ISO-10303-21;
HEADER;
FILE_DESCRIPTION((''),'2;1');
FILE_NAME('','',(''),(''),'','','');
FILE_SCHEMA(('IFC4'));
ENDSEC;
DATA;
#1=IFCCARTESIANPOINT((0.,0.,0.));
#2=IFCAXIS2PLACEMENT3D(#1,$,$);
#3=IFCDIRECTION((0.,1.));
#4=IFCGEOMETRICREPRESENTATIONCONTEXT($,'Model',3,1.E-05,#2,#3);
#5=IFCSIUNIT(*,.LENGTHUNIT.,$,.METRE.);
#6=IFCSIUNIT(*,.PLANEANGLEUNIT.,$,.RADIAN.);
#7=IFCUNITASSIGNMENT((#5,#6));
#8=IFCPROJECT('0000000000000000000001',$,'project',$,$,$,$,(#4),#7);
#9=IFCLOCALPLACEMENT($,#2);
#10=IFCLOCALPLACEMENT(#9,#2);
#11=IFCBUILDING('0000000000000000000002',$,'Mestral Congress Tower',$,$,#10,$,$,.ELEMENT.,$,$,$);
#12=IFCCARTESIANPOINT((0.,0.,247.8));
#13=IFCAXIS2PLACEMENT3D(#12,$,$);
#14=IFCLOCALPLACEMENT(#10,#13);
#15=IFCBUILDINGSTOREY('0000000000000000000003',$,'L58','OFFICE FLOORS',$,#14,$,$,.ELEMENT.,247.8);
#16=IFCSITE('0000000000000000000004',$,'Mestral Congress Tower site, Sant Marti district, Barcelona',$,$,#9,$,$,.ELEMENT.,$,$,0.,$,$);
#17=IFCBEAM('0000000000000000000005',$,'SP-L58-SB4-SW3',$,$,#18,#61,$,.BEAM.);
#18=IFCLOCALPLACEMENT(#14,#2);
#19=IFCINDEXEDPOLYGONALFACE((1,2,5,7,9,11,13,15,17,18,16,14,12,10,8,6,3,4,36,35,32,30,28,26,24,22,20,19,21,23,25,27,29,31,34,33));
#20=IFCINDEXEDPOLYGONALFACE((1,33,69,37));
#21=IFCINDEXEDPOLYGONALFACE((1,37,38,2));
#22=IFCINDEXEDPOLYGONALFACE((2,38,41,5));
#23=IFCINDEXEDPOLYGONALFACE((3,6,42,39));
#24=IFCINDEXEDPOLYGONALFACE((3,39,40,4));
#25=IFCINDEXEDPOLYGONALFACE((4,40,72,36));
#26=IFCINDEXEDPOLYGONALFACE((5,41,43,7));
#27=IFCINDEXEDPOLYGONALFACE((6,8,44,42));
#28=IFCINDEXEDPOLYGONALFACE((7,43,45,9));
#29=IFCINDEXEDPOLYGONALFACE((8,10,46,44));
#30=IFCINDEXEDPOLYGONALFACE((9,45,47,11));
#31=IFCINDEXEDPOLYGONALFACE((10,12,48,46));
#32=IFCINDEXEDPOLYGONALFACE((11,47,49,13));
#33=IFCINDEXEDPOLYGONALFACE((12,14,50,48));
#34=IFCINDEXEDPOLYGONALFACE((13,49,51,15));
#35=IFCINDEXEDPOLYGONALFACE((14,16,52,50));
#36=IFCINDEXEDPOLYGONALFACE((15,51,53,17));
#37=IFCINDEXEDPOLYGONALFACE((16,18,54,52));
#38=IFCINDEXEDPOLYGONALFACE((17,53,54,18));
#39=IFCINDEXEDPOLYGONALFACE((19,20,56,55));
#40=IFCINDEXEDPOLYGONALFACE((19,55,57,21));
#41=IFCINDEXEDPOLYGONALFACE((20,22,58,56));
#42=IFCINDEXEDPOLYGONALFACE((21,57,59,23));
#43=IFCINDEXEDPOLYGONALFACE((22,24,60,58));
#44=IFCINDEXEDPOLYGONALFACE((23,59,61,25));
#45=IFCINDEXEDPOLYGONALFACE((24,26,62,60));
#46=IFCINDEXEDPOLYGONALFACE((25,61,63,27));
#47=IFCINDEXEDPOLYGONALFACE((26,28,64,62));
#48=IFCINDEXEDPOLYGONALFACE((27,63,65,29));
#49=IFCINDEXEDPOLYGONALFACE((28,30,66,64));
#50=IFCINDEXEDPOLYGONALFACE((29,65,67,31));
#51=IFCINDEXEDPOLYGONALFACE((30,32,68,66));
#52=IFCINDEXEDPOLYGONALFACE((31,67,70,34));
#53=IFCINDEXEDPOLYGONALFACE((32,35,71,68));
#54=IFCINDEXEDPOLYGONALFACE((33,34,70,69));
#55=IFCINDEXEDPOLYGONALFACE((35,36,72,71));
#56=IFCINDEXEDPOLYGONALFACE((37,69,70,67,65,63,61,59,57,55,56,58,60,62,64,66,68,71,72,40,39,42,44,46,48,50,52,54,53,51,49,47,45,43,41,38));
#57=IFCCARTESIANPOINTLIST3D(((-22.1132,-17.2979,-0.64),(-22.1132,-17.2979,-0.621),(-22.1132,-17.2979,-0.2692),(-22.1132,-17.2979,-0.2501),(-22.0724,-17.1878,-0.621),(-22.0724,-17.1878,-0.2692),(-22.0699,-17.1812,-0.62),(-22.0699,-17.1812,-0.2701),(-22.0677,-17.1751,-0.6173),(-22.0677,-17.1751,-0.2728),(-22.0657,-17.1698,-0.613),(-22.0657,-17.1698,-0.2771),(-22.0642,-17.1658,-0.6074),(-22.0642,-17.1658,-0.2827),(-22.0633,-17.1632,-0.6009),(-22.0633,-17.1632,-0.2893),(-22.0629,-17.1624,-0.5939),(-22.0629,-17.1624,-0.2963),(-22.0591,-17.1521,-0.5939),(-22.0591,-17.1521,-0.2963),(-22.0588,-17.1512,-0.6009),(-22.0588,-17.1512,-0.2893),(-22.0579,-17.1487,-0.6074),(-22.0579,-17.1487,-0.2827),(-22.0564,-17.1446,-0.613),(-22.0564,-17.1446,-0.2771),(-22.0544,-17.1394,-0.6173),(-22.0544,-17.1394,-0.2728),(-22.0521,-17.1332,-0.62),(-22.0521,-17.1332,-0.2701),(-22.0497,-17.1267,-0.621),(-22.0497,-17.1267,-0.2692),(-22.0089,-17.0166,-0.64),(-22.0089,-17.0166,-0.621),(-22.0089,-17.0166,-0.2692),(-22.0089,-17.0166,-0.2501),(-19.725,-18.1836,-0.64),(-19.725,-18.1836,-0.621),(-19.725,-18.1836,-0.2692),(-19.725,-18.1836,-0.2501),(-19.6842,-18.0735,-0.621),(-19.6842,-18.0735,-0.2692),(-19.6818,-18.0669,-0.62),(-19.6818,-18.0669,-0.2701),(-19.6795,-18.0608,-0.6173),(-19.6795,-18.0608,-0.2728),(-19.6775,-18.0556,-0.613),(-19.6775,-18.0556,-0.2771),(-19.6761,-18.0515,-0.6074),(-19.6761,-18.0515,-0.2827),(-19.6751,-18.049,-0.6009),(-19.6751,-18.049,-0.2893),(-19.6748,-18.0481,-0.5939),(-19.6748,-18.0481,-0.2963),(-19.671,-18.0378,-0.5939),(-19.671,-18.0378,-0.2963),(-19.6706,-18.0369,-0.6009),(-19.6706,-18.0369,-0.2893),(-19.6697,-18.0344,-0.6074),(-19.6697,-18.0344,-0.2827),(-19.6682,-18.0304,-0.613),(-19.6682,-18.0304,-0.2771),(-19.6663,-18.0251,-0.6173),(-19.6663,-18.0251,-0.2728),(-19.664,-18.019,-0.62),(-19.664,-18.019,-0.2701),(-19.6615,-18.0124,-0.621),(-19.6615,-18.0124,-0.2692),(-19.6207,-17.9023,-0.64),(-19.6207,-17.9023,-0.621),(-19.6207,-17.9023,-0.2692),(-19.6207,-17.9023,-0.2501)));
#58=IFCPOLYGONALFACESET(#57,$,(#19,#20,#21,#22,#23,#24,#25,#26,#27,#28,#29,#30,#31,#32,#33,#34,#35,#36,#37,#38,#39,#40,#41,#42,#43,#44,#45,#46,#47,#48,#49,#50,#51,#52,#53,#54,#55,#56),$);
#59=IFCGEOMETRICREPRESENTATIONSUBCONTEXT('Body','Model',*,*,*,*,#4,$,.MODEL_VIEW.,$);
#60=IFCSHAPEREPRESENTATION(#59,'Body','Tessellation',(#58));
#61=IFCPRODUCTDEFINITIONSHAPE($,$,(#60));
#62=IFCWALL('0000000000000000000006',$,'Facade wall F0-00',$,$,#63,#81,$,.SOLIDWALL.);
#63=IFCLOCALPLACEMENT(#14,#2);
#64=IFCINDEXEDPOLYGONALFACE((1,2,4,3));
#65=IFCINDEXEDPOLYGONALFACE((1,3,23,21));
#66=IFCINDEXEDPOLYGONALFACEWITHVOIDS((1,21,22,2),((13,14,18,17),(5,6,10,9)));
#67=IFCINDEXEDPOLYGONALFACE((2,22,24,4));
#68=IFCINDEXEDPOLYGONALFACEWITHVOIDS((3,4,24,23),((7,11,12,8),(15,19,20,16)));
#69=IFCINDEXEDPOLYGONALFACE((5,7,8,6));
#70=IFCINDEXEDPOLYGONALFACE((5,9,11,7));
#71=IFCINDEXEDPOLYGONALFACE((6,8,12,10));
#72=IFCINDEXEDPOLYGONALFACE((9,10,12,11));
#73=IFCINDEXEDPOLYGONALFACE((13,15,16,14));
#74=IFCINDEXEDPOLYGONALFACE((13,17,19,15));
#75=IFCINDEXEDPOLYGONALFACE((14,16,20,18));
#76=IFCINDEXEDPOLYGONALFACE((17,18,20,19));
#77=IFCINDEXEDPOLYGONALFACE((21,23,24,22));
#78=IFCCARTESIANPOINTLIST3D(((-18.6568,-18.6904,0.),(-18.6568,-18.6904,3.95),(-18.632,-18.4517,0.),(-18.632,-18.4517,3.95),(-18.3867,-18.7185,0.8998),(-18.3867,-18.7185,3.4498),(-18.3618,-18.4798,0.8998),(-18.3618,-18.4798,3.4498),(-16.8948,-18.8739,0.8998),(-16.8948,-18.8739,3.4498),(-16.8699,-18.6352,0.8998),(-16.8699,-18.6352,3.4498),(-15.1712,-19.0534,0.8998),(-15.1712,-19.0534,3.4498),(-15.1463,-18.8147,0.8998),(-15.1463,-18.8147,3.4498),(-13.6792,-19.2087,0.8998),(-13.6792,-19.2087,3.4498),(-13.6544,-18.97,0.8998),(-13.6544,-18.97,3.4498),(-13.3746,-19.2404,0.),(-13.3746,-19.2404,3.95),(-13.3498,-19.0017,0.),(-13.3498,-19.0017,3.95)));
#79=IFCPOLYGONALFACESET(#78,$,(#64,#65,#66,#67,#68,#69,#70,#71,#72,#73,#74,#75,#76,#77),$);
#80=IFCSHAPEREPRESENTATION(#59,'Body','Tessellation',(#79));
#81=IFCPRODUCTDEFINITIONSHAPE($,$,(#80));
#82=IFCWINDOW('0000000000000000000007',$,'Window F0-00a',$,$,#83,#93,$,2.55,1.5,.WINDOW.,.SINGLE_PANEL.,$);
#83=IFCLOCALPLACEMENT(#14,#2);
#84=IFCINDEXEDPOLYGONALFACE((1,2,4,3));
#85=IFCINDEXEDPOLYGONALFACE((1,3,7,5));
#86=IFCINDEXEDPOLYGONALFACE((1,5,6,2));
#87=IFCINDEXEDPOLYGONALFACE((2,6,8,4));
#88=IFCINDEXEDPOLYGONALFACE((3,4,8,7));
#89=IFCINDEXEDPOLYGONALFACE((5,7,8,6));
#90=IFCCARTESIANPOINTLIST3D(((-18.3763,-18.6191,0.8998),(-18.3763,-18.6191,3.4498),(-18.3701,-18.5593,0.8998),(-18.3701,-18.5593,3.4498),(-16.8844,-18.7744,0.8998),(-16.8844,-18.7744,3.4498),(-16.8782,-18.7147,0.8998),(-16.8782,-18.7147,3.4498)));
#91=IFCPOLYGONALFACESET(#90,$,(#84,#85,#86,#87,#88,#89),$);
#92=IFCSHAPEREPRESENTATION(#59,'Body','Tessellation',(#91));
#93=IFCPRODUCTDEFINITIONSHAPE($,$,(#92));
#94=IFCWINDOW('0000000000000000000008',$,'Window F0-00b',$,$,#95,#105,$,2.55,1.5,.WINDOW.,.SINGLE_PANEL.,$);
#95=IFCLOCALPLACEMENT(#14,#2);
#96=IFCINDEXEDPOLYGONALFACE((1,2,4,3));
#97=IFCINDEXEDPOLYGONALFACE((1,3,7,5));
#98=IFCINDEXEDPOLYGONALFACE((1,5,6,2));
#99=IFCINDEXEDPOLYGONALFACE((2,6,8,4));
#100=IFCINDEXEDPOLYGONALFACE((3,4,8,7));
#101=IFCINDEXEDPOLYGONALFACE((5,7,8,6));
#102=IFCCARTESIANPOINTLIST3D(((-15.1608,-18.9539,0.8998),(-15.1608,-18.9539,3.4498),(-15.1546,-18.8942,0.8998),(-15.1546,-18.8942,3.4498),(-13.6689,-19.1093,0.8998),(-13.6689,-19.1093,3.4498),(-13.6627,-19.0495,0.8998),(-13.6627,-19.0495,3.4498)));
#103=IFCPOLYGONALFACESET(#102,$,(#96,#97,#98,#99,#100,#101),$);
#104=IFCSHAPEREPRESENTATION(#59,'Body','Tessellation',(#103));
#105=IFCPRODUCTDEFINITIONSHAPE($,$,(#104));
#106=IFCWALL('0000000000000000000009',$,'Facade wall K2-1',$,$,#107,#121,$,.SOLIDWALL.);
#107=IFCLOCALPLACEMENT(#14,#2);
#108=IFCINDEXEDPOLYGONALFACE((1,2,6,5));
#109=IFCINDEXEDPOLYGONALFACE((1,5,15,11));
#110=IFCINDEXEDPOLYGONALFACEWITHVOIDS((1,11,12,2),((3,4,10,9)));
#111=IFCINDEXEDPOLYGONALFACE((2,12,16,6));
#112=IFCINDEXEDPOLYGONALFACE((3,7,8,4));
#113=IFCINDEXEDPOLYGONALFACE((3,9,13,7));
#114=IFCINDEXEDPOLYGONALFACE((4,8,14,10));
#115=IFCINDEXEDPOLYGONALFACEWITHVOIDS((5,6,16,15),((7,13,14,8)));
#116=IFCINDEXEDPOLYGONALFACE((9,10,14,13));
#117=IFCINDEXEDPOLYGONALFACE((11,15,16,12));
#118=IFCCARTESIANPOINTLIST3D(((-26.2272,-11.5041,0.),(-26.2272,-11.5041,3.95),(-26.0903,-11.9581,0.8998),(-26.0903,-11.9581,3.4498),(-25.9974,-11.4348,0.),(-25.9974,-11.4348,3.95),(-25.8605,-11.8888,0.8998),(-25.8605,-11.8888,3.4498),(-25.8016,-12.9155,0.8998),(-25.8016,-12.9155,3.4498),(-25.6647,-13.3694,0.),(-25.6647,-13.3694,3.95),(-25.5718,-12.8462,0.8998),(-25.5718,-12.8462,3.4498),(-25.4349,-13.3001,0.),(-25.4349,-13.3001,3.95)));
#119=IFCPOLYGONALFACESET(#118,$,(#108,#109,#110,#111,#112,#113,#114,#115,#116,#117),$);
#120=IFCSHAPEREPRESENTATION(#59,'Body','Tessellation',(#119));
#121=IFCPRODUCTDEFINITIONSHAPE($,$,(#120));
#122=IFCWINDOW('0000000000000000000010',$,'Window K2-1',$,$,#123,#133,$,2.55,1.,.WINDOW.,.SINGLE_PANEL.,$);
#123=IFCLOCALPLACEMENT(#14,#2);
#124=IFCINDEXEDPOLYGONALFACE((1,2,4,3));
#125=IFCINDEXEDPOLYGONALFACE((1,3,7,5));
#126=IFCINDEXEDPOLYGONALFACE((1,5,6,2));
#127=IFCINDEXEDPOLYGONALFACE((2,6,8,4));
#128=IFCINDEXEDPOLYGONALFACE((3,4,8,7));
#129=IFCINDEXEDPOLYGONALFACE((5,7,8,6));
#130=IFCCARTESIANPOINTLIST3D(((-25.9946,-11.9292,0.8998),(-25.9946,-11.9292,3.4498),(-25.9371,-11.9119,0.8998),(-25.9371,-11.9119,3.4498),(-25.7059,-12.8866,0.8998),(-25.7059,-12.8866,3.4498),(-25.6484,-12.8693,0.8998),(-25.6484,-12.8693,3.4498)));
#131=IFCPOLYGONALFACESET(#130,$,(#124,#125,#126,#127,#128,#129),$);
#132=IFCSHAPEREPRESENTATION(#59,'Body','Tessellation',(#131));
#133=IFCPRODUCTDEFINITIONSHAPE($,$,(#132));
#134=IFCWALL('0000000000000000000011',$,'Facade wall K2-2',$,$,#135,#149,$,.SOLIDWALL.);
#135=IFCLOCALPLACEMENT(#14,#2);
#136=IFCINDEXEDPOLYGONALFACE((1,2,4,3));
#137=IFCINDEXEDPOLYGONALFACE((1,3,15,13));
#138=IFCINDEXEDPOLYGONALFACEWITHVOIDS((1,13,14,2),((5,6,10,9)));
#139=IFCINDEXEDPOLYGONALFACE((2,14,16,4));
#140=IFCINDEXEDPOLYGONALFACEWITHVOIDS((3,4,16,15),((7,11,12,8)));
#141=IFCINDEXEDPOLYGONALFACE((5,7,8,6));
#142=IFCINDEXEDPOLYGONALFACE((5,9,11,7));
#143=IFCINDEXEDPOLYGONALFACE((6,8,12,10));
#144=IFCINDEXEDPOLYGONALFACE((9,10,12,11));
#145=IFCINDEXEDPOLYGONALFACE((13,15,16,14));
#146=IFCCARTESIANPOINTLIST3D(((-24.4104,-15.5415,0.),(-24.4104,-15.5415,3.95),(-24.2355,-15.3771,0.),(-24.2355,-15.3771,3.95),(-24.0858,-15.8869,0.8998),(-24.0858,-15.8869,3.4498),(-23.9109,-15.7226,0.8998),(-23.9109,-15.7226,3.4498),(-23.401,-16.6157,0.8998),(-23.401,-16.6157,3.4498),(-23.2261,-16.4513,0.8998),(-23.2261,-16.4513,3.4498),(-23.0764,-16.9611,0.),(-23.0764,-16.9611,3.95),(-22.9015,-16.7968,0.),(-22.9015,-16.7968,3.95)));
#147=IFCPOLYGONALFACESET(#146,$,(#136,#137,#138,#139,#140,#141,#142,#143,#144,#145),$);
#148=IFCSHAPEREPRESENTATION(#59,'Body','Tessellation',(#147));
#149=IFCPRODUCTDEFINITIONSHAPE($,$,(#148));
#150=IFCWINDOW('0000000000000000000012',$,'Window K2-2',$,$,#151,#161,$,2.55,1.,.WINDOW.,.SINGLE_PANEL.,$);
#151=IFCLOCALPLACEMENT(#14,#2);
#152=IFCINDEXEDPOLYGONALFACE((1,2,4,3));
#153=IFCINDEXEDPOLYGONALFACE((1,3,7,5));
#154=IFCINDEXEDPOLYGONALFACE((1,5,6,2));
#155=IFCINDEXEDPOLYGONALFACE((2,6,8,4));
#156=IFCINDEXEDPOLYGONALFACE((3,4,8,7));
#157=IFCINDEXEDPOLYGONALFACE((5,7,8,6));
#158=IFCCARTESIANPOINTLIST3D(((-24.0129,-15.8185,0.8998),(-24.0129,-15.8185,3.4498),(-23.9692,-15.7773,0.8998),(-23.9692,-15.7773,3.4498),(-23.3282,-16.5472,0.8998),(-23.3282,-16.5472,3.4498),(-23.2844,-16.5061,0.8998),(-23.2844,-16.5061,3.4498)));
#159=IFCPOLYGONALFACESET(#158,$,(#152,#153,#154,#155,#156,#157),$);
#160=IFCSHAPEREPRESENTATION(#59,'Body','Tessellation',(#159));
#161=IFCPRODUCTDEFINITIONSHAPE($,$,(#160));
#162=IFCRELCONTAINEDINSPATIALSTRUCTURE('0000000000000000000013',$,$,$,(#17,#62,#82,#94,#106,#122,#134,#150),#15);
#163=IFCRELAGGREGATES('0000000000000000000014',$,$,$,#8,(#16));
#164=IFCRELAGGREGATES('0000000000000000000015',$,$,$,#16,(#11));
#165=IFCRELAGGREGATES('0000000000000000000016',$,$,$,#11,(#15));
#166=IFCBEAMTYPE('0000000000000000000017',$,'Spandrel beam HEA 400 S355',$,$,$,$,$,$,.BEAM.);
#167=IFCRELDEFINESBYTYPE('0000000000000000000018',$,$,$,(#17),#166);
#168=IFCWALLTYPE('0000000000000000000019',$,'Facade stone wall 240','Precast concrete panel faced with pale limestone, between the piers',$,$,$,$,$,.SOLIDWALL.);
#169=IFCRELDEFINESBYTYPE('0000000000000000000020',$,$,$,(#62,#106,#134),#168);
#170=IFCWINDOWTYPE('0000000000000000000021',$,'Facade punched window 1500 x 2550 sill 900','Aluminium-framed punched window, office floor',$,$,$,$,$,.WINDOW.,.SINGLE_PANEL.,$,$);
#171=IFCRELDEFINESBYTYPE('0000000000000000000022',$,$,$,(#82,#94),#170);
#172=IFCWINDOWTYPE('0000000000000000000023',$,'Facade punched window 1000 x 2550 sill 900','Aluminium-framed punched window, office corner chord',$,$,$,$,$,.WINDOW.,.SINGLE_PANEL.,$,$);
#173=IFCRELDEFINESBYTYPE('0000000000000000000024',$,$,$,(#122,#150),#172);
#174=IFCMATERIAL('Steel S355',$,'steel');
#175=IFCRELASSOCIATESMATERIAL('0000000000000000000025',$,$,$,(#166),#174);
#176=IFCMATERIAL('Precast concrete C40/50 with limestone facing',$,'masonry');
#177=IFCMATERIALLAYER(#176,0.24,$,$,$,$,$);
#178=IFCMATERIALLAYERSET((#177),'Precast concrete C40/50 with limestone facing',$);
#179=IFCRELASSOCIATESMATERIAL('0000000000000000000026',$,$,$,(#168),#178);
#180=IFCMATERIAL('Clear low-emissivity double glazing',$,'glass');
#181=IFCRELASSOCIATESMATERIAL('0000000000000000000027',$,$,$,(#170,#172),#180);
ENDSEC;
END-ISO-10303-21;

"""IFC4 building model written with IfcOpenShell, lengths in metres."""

from ifc_helpers import new_model, si_unit, direction, frame, frame_2d, origin, origin_2d, place, context, subcontext, project, spatial, rectangle, i_section, extrude, material, layer, layer_set, material_profile, profile_set, type_object, element, fill, save


model = new_model("IFC4")

# Units and contexts
model_context = context("Model", 3, precision=1e-05, world=origin(), true_north=direction((0.0, 1.0)))
body_context = subcontext(model_context, "Body", "Model", "MODEL_VIEW")
ifc_project = project(units=[si_unit("LENGTHUNIT", "METRE"), si_unit("PLANEANGLEUNIT", "RADIAN")], contexts=[model_context])

# Site, building, storey
site_placement = place(None, origin())
site = spatial("IfcSite", under=ifc_project, at=site_placement, Name="Mestral Congress Tower site, Sant Marti district, Barcelona", CompositionType="ELEMENT", RefElevation=0.0)
building_placement = place(site_placement, origin())
building = spatial("IfcBuilding", under=site, at=building_placement, Name="Mestral Congress Tower", CompositionType="ELEMENT")
storey_placement = place(building_placement, frame((0.0, 0.0, 247.8)))
storey = spatial("IfcBuildingStorey", under=building, at=storey_placement, Name="L58", Description="OFFICE FLOORS", CompositionType="ELEMENT", Elevation=247.8)

# Beam
ifc_material_1 = material(Name="Steel S355", Category="steel")
ifc_material_profile_1 = material_profile(ifc_material_1, i_section(OverallWidth=0.3, OverallDepth=0.3899, WebThickness=0.011, FlangeThickness=0.019, FilletRadius=0.0271, at=origin_2d()), Name="HEA 400")
ifc_profile_set_1 = profile_set([ifc_material_profile_1], Name="Steel S355")
beam_type_1 = type_object("IfcBeamType", Name="Spandrel beam HEA 400 S355", PredefinedType="BEAM", material=ifc_profile_set_1)
beam_1_placement = place(storey_placement, frame((-22.061, -17.1572, -0.4451), z_axis=(0.937591, -0.347739, 0.0), x_axis=(0.347739, 0.937591, 0.0)))
element("IfcBeam", 1, at=beam_1_placement, inside=storey, type_object=beam_type_1, Name="SP-L58-SB4-SW3", PredefinedType="BEAM", context=body_context, shape_type="SweptSolid", body=[
    extrude(i_section(OverallWidth=0.3, OverallDepth=0.3899, WebThickness=0.011, FlangeThickness=0.019, FilletRadius=0.0271, at=origin_2d()), origin(), (0.0, 0.0, 1.0), 2.5471),
])

# Wall, openings, windows
ifc_material_2 = material(Name="Precast concrete C40/50 with limestone facing", Category="masonry")
ifc_layer_1 = layer(ifc_material_2, 0.24)
ifc_layer_set_1 = layer_set([ifc_layer_1], Name="Precast concrete C40/50 with limestone facing")
wall_type_1 = type_object("IfcWallType", Name="Facade stone wall 240", Description="Precast concrete panel faced with pale limestone, between the piers", PredefinedType="SOLIDWALL", material=ifc_layer_set_1)
wall_1_placement = place(storey_placement, frame((-18.6443, -18.571, 0.0), z_axis=(0.0, 0.0, 1.0), x_axis=(0.994622, -0.103572, 0.0)))
wall_1 = element("IfcWall", 2, at=wall_1_placement, inside=storey, type_object=wall_type_1, Name="Facade wall F0-00", PredefinedType="SOLIDWALL", context=body_context, shape_type="SweptSolid", body=[
    extrude(rectangle(XDim=5.3108, YDim=0.24, at=frame_2d((2.6553, 0.0))), origin(), (0.0, 0.0, 1.0), 3.95),
])
opening_1_placement = place(wall_1_placement, frame((0.2715, 0.0, 0.8999)))
opening_1 = element("IfcOpeningElement", 3, at=opening_1_placement, cuts=wall_1, PredefinedType="OPENING", context=body_context, shape_type="SweptSolid", body=[
    extrude(rectangle(XDim=1.5, YDim=2.55, at=frame_2d((0.75, 1.2749))), frame((0.0, 0.1299, 0.0), z_axis=(0.0, -1.0, 0.0), x_axis=(1.0, 0.0, 0.0)), (0.0, 0.0, 1.0), 0.26),
])
opening_2_placement = place(wall_1_placement, frame((3.5044, 0.0, 0.8999)))
opening_2 = element("IfcOpeningElement", 4, at=opening_2_placement, cuts=wall_1, PredefinedType="OPENING", context=body_context, shape_type="SweptSolid", body=[
    extrude(rectangle(XDim=1.5, YDim=2.55, at=frame_2d((0.75, 1.2749))), frame((0.0, 0.1299, 0.0), z_axis=(0.0, -1.0, 0.0), x_axis=(1.0, 0.0, 0.0)), (0.0, 0.0, 1.0), 0.26),
])
ifc_material_3 = material(Name="Clear low-emissivity double glazing", Category="glass")
window_type_1 = type_object("IfcWindowType", Name="Facade punched window 1500 x 2550 sill 900", Description="Aluminium-framed punched window, office floor", PartitioningType="SINGLE_PANEL", PredefinedType="WINDOW", material=ifc_material_3)
window_1_placement = place(opening_1_placement, origin())
window_1 = element("IfcWindow", 5, at=window_1_placement, inside=storey, type_object=window_type_1, Name="Window F0-00a", OverallHeight=2.55, OverallWidth=1.5, PartitioningType="SINGLE_PANEL", PredefinedType="WINDOW", context=body_context, shape_type="SweptSolid", body=[
    extrude(rectangle(XDim=1.5, YDim=2.55, at=frame_2d((0.75, 1.2749))), frame((0.0, 0.04, 0.0), z_axis=(0.0, -1.0, 0.0), x_axis=(1.0, 0.0, 0.0)), (0.0, 0.0, 1.0), 0.0601),
])
fill(opening_1, window_1)
window_2_placement = place(opening_2_placement, origin())
window_2 = element("IfcWindow", 6, at=window_2_placement, inside=storey, type_object=window_type_1, Name="Window F0-00b", OverallHeight=2.55, OverallWidth=1.5, PartitioningType="SINGLE_PANEL", PredefinedType="WINDOW", context=body_context, shape_type="SweptSolid", body=[
    extrude(rectangle(XDim=1.5, YDim=2.55, at=frame_2d((0.75, 1.2749))), frame((0.0, 0.04, 0.0), z_axis=(0.0, -1.0, 0.0), x_axis=(1.0, 0.0, 0.0)), (0.0, 0.0, 1.0), 0.0601),
])
fill(opening_2, window_2)

# Walls, openings, windows
wall_2_placement = place(storey_placement, frame((-26.1123, -11.4695, 0.0), z_axis=(0.0, 0.0, 1.0), x_axis=(0.288727, -0.957411, 0.0)))
wall_2 = element("IfcWall", 7, at=wall_2_placement, inside=storey, type_object=wall_type_1, Name="Facade wall K2-1", PredefinedType="SOLIDWALL", context=body_context, shape_type="SweptSolid", body=[
    extrude(rectangle(XDim=1.9482, YDim=0.24, at=frame_2d((0.9741, 0.0))), origin(), (0.0, 0.0, 1.0), 3.95),
])
opening_3_placement = place(wall_2_placement, frame((0.4741, 0.0, 0.8999)))
opening_3 = element("IfcOpeningElement", 8, at=opening_3_placement, cuts=wall_2, PredefinedType="OPENING", context=body_context, shape_type="SweptSolid", body=[
    extrude(rectangle(XDim=1.0, YDim=2.55, at=frame_2d((0.5, 1.2749))), frame((0.0, 0.1299, 0.0), z_axis=(0.0, -1.0, 0.0), x_axis=(1.0, 0.0, 0.0)), (0.0, 0.0, 1.0), 0.26),
])
window_type_2 = type_object("IfcWindowType", Name="Facade punched window 1000 x 2550 sill 900", Description="Aluminium-framed punched window, office corner chord", PartitioningType="SINGLE_PANEL", PredefinedType="WINDOW", material=ifc_material_3)
window_3_placement = place(opening_3_placement, origin())
window_3 = element("IfcWindow", 9, at=window_3_placement, inside=storey, type_object=window_type_2, Name="Window K2-1", OverallHeight=2.55, OverallWidth=1.0, PartitioningType="SINGLE_PANEL", PredefinedType="WINDOW", context=body_context, shape_type="SweptSolid", body=[
    extrude(rectangle(XDim=1.0, YDim=2.55, at=frame_2d((0.5, 1.2749))), frame((0.0, 0.04, 0.0), z_axis=(0.0, -1.0, 0.0), x_axis=(1.0, 0.0, 0.0)), (0.0, 0.0, 1.0), 0.0601),
])
fill(opening_3, window_3)
wall_3_placement = place(storey_placement, frame((-24.323, -15.4592, 0.0), z_axis=(0.0, 0.0, 1.0), x_axis=(0.68477, -0.728759, 0.0)))
wall_3 = element("IfcWall", 10, at=wall_3_placement, inside=storey, type_object=wall_type_1, Name="Facade wall K2-2", PredefinedType="SOLIDWALL", context=body_context, shape_type="SweptSolid", body=[
    extrude(rectangle(XDim=1.948, YDim=0.24, at=frame_2d((0.9741, 0.0))), origin(), (0.0, 0.0, 1.0), 3.95),
])
opening_4_placement = place(wall_3_placement, frame((0.4741, 0.0, 0.8999)))
opening_4 = element("IfcOpeningElement", 11, at=opening_4_placement, cuts=wall_3, PredefinedType="OPENING", context=body_context, shape_type="SweptSolid", body=[
    extrude(rectangle(XDim=1.0, YDim=2.55, at=frame_2d((0.5, 1.2749))), frame((0.0, 0.1299, 0.0), z_axis=(0.0, -1.0, 0.0), x_axis=(1.0, 0.0, 0.0)), (0.0, 0.0, 1.0), 0.26),
])
window_4_placement = place(opening_4_placement, origin())
window_4 = element("IfcWindow", 12, at=window_4_placement, inside=storey, type_object=window_type_2, Name="Window K2-2", OverallHeight=2.55, OverallWidth=1.0, PartitioningType="SINGLE_PANEL", PredefinedType="WINDOW", context=body_context, shape_type="SweptSolid", body=[
    extrude(rectangle(XDim=1.0, YDim=2.55, at=frame_2d((0.5, 1.2749))), frame((0.0, 0.04, 0.0), z_axis=(0.0, -1.0, 0.0), x_axis=(1.0, 0.0, 0.0)), (0.0, 0.0, 1.0), 0.0601),
])
fill(opening_4, window_4)

save(model, "model.ifc")
